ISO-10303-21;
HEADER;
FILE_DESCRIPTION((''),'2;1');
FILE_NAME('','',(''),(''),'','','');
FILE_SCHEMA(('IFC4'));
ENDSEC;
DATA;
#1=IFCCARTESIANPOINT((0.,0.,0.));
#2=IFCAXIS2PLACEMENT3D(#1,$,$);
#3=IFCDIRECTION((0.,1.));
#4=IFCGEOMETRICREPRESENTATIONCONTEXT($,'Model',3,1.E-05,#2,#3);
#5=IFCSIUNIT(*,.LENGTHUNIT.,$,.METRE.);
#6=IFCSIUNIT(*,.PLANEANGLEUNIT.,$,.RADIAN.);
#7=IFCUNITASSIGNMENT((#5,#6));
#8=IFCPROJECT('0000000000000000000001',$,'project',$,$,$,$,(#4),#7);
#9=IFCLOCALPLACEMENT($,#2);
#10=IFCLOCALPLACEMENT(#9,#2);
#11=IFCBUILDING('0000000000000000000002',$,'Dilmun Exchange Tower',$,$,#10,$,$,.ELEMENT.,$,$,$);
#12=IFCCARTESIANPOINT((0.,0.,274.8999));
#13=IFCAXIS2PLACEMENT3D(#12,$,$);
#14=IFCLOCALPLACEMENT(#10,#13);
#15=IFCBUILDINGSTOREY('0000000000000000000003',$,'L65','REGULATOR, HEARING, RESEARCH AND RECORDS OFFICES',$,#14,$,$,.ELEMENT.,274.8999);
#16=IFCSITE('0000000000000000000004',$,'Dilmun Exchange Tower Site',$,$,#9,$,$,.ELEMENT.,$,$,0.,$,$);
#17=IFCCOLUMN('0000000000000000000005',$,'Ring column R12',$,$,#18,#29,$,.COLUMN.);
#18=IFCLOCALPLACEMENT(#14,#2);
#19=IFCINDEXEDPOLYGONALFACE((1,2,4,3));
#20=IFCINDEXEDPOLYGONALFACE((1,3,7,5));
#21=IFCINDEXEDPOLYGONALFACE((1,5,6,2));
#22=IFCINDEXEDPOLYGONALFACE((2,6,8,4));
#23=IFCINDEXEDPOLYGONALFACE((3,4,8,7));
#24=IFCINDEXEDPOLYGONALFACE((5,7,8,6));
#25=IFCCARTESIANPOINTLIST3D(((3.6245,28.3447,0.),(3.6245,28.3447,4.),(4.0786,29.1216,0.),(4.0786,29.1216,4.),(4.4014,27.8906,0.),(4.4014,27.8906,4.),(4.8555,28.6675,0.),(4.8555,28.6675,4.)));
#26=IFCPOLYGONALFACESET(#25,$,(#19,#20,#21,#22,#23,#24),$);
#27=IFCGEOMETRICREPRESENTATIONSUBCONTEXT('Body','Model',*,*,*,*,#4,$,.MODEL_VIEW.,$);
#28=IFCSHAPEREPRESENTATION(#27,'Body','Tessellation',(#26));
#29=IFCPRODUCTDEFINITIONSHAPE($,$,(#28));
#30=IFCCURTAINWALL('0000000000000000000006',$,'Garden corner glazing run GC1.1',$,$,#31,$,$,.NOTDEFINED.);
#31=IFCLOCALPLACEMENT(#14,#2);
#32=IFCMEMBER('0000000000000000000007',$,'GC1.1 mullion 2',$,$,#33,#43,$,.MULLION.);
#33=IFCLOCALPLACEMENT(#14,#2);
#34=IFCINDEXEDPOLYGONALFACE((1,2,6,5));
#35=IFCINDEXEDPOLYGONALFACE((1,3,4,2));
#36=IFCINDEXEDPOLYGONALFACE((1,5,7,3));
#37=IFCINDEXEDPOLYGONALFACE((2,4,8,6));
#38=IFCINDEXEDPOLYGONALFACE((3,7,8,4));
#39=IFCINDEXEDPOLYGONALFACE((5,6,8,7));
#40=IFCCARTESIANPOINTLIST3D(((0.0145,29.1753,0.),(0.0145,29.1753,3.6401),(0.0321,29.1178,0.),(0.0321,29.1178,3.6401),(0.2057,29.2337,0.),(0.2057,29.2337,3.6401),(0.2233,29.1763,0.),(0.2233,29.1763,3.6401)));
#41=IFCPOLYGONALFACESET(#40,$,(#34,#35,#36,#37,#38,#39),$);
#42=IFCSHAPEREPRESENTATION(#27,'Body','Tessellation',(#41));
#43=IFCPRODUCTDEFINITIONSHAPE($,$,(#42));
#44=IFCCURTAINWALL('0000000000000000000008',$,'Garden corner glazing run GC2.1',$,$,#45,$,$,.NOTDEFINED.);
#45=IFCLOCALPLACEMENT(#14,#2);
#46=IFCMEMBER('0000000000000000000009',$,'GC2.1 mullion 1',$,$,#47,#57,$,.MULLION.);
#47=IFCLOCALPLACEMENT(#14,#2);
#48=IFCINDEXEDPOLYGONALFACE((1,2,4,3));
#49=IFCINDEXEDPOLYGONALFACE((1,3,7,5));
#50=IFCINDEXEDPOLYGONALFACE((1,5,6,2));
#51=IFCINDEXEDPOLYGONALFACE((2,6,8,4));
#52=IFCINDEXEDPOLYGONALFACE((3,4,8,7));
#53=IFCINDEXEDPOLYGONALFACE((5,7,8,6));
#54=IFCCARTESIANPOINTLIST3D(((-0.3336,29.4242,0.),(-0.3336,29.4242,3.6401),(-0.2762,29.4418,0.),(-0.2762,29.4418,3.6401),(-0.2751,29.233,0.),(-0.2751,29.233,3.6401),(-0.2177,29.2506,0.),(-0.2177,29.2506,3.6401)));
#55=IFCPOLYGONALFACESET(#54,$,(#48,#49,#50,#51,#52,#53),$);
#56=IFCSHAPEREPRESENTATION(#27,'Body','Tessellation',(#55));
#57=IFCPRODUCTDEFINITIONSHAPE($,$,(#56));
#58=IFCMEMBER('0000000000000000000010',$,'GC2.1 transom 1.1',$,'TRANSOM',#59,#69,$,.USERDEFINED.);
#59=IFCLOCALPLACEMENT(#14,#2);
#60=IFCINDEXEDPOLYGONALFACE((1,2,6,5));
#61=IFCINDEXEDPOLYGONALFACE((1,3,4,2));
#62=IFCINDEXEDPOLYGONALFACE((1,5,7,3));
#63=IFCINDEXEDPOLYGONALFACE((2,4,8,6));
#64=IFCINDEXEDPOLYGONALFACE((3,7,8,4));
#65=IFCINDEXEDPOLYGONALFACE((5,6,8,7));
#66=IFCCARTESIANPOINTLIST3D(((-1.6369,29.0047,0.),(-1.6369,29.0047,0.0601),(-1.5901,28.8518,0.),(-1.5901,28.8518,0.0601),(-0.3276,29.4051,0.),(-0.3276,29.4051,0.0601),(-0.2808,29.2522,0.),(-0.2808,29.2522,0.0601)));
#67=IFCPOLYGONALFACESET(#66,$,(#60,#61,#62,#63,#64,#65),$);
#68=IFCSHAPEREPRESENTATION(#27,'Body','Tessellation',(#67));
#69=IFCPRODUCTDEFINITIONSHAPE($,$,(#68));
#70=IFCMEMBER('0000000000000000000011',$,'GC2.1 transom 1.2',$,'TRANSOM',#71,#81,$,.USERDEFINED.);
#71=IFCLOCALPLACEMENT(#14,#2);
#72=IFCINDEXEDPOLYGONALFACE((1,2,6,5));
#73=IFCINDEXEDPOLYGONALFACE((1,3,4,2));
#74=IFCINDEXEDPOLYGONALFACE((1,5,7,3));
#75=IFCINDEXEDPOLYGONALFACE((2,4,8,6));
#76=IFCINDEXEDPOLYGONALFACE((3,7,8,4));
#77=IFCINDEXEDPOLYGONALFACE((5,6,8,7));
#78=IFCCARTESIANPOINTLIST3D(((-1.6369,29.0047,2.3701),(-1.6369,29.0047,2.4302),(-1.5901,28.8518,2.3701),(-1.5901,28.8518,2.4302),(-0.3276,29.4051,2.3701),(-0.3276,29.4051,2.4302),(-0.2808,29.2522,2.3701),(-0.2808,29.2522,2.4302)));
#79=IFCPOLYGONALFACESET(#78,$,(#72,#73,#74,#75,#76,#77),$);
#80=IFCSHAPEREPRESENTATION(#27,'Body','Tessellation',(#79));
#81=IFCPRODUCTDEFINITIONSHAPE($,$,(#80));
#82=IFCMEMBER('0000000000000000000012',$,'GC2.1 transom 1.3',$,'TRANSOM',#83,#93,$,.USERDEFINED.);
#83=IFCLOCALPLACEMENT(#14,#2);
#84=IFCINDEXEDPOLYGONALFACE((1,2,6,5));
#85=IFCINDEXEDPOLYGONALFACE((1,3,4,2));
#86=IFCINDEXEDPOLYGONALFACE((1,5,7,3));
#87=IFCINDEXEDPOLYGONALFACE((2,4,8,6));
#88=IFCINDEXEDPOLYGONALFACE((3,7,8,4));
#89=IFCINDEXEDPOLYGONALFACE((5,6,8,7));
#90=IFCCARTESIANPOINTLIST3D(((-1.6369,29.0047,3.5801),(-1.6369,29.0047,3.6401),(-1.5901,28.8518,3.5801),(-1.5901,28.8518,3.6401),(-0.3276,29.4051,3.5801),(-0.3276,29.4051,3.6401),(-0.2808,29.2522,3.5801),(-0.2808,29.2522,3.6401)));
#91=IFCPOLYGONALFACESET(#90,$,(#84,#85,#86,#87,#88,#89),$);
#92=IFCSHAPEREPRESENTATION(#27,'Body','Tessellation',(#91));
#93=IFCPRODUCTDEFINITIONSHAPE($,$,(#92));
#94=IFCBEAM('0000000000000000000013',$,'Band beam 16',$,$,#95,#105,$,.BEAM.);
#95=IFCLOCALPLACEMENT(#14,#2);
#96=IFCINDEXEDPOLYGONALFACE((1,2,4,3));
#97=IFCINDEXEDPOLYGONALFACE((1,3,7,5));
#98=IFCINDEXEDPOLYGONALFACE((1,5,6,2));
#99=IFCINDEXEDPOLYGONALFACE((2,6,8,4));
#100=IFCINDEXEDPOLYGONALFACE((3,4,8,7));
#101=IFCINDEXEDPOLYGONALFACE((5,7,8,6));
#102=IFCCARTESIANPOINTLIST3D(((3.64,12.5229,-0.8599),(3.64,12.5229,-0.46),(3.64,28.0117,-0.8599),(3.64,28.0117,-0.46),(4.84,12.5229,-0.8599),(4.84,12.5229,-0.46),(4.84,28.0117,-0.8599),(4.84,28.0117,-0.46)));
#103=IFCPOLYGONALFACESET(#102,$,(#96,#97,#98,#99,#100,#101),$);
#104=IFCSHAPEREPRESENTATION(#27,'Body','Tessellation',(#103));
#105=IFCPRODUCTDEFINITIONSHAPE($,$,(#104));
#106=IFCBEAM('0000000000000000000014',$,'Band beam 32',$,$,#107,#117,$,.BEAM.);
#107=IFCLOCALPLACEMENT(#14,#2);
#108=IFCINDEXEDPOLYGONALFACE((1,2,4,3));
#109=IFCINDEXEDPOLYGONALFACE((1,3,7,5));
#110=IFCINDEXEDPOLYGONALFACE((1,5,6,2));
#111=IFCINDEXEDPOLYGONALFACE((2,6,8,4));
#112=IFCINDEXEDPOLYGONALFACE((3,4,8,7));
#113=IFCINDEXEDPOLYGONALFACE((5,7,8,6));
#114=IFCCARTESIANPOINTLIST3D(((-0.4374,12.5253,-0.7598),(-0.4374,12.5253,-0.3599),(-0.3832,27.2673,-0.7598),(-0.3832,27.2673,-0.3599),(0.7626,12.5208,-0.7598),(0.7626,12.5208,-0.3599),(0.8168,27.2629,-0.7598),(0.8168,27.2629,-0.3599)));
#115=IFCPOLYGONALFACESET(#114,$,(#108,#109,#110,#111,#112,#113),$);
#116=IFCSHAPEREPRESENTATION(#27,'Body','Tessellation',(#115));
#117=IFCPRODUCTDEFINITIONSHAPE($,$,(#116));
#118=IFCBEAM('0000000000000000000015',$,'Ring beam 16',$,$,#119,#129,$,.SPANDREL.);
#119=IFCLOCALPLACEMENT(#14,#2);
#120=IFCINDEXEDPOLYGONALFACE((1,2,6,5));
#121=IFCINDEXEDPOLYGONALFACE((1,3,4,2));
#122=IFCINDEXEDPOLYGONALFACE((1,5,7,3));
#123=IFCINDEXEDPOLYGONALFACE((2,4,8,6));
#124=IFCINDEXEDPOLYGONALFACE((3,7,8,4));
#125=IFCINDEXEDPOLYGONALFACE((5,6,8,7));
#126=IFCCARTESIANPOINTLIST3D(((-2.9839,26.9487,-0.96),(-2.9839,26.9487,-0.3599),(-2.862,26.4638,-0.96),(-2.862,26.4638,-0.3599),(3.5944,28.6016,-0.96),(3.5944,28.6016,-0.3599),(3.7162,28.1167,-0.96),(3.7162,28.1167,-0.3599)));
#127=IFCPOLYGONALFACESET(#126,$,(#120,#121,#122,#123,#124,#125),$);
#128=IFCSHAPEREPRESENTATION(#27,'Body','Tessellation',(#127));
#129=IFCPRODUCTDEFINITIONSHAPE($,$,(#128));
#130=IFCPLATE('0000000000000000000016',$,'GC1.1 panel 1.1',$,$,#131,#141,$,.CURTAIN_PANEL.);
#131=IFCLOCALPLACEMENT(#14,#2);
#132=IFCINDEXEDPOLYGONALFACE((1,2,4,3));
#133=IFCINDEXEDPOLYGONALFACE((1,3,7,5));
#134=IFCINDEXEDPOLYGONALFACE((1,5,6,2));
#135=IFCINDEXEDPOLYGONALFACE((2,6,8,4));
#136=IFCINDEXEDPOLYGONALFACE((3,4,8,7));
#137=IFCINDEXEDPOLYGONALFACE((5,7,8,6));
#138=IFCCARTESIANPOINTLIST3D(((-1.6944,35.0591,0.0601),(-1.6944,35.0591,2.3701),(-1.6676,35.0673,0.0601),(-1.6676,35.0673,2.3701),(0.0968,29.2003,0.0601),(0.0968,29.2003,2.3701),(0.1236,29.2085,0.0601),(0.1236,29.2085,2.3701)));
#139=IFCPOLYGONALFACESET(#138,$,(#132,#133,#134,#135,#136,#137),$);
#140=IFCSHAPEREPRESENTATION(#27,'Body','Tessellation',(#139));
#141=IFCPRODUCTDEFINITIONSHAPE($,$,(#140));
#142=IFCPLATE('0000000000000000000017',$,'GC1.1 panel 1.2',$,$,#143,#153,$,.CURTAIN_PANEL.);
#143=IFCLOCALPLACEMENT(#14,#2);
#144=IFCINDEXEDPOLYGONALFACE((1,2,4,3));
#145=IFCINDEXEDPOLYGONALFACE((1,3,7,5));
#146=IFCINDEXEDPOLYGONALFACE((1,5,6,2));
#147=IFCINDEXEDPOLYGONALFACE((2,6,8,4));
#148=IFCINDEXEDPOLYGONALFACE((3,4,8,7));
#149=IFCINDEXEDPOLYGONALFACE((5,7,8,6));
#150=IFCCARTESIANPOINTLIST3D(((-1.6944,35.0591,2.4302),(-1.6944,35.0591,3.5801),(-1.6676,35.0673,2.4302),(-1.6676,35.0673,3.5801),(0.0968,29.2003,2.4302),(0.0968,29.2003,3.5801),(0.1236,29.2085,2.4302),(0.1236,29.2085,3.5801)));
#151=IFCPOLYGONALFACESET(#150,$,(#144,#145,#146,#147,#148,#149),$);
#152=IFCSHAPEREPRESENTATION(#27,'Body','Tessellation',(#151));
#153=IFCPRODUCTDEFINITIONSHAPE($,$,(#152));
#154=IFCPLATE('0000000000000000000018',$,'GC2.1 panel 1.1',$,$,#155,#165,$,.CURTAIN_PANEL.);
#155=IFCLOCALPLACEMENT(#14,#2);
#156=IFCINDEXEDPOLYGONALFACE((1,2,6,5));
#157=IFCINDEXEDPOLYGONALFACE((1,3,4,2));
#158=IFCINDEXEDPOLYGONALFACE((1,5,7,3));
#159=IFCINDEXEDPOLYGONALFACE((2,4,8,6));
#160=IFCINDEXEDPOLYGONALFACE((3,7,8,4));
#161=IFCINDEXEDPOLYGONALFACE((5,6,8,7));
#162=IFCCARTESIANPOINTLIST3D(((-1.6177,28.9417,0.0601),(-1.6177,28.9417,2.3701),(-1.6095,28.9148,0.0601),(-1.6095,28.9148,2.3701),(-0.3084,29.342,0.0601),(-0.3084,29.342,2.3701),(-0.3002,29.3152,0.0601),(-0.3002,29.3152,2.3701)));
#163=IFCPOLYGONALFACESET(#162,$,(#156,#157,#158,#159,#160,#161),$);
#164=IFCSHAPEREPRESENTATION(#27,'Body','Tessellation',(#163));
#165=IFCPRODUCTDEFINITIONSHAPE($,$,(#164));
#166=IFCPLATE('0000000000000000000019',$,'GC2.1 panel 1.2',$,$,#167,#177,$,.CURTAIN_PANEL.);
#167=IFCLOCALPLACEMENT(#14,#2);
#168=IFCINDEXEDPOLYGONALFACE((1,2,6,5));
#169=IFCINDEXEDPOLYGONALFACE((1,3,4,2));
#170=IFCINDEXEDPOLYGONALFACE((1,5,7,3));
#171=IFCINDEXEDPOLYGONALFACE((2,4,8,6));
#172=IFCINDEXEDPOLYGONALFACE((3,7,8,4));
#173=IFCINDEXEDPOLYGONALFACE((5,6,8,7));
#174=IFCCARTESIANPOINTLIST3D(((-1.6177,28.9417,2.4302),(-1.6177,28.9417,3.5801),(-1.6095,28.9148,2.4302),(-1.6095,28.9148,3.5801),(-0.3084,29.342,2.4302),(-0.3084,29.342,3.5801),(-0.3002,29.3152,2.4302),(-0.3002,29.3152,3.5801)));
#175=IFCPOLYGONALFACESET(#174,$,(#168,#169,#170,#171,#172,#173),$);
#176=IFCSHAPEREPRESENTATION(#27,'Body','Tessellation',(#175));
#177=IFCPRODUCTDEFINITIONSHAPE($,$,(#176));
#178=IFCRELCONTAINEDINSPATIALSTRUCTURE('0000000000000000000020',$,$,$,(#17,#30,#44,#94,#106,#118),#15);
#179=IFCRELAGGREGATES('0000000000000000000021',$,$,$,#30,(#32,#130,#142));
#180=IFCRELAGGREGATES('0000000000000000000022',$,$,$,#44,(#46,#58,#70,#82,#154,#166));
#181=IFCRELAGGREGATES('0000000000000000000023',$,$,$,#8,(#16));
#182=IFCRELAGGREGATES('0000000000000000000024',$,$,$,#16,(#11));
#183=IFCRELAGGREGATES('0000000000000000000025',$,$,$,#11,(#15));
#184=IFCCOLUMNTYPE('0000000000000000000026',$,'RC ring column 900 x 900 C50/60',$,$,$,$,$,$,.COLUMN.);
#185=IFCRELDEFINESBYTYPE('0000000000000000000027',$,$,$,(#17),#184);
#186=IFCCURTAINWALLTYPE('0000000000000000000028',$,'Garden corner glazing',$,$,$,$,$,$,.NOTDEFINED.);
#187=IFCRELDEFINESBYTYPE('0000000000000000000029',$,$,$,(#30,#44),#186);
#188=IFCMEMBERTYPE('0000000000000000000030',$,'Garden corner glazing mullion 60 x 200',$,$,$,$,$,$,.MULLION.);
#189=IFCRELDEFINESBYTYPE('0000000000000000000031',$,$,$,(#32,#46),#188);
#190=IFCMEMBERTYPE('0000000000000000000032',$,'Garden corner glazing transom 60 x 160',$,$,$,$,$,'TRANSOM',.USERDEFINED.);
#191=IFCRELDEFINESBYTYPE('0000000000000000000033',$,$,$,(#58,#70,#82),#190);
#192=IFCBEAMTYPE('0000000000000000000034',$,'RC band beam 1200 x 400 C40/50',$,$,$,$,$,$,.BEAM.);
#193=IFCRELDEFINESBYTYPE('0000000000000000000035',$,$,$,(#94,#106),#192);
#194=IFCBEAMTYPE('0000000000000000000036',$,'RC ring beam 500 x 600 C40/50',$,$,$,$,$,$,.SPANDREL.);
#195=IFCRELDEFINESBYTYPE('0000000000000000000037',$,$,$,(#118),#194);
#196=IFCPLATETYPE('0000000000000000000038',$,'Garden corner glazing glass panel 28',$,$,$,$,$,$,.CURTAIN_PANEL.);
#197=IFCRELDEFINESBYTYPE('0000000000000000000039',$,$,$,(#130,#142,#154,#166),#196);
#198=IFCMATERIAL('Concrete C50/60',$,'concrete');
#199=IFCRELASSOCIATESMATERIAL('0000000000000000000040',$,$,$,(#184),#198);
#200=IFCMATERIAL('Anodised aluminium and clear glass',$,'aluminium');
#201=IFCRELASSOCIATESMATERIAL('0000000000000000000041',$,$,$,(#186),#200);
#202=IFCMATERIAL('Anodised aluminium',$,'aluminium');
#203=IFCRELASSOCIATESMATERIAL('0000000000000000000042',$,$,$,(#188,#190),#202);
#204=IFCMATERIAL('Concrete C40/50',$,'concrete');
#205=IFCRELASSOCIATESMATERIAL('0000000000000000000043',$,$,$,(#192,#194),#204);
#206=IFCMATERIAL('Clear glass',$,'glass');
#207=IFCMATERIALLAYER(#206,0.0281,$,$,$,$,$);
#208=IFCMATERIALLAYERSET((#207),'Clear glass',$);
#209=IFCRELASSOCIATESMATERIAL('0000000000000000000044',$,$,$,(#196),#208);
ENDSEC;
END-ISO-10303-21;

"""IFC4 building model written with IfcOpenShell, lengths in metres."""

from ifc_helpers import new_model, si_unit, direction, frame, origin, origin_2d, place, context, subcontext, project, spatial, rectangle, extrude, material, layer, layer_set, material_profile, profile_set, type_object, element, aggregate, save


model = new_model("IFC4")

# Units and contexts
model_context = context("Model", 3, precision=1e-05, world=origin(), true_north=direction((0.0, 1.0)))
body_context = subcontext(model_context, "Body", "Model", "MODEL_VIEW")
ifc_project = project(units=[si_unit("LENGTHUNIT", "METRE"), si_unit("PLANEANGLEUNIT", "RADIAN")], contexts=[model_context])

# Site, building, storey
site_placement = place(None, origin())
site = spatial("IfcSite", under=ifc_project, at=site_placement, Name="Dilmun Exchange Tower Site", CompositionType="ELEMENT", RefElevation=0.0)
building_placement = place(site_placement, origin())
building = spatial("IfcBuilding", under=site, at=building_placement, Name="Dilmun Exchange Tower", CompositionType="ELEMENT")
storey_placement = place(building_placement, frame((0.0, 0.0, 274.8999)))
storey = spatial("IfcBuildingStorey", under=building, at=storey_placement, Name="L65", Description="REGULATOR, HEARING, RESEARCH AND RECORDS OFFICES", CompositionType="ELEMENT", Elevation=274.8999)

# Column
ifc_material_1 = material(Name="Concrete C50/60", Category="concrete")
ifc_material_profile_1 = material_profile(ifc_material_1, rectangle(XDim=0.8999, YDim=0.8999, at=origin_2d()), Name="900 x 900")
ifc_profile_set_1 = profile_set([ifc_material_profile_1], Name="Concrete C50/60")
column_type = type_object("IfcColumnType", Name="RC ring column 900 x 900 C50/60", PredefinedType="COLUMN", material=ifc_profile_set_1)
column_placement = place(storey_placement, frame((4.24, 28.5061, 0.0), z_axis=(0.0, 0.0, 1.0), x_axis=(0.504644, 0.863328, 0.0)))
element("IfcColumn", 1, at=column_placement, inside=storey, type_object=column_type, Name="Ring column R12", PredefinedType="COLUMN", context=body_context, shape_type="SweptSolid", body=[
    extrude(rectangle(XDim=0.8999, YDim=0.8999, at=origin_2d()), origin(), (0.0, 0.0, 1.0), 4.0),
])

# Curtain wall, member
ifc_material_2 = material(Name="Anodised aluminium and clear glass", Category="aluminium")
curtain_wall_type = type_object("IfcCurtainWallType", Name="Garden corner glazing", PredefinedType="NOTDEFINED", material=ifc_material_2)
curtain_wall_1_placement = place(storey_placement, origin())
curtain_wall_1 = element("IfcCurtainWall", 2, at=curtain_wall_1_placement, inside=storey, type_object=curtain_wall_type, Name="Garden corner glazing run GC1.1", PredefinedType="NOTDEFINED")
ifc_material_3 = material(Name="Anodised aluminium", Category="aluminium")
ifc_material_profile_2 = material_profile(ifc_material_3, rectangle(XDim=0.2, YDim=0.0601, at=origin_2d()), Name="AL 60x200")
ifc_profile_set_2 = profile_set([ifc_material_profile_2], Name="Anodised aluminium")
member_type_1 = type_object("IfcMemberType", Name="Garden corner glazing mullion 60 x 200", PredefinedType="MULLION", material=ifc_profile_set_2)
member_1_placement = place(storey_placement, frame((0.1189, 29.1758, 0.0), z_axis=(0.0, 0.0, 1.0), x_axis=(0.956304, 0.292374, 0.0)))
member_1 = element("IfcMember", 3, at=member_1_placement, type_object=member_type_1, Name="GC1.1 mullion 2", PredefinedType="MULLION", context=body_context, shape_type="SweptSolid", body=[
    extrude(rectangle(XDim=0.2, YDim=0.0601, at=origin_2d()), origin(), (0.0, 0.0, 1.0), 3.6401),
])

# Curtain wall, members
curtain_wall_2_placement = place(storey_placement, origin())
curtain_wall_2 = element("IfcCurtainWall", 4, at=curtain_wall_2_placement, inside=storey, type_object=curtain_wall_type, Name="Garden corner glazing run GC2.1", PredefinedType="NOTDEFINED")
member_2_placement = place(storey_placement, frame((-0.2756, 29.3374, 0.0), z_axis=(0.0, 0.0, 1.0), x_axis=(0.292396, -0.956297, 0.0)))
member_2 = element("IfcMember", 5, at=member_2_placement, type_object=member_type_1, Name="GC2.1 mullion 1", PredefinedType="MULLION", context=body_context, shape_type="SweptSolid", body=[
    extrude(rectangle(XDim=0.2, YDim=0.0601, at=origin_2d()), origin(), (0.0, 0.0, 1.0), 3.6401),
])
ifc_material_profile_3 = material_profile(ifc_material_3, rectangle(XDim=0.1599, YDim=0.0601, at=origin_2d()), Name="AL 60x160")
ifc_profile_set_3 = profile_set([ifc_material_profile_3], Name="Anodised aluminium")
member_type_2 = type_object("IfcMemberType", Name="Garden corner glazing transom 60 x 160", ElementType="TRANSOM", PredefinedType="USERDEFINED", material=ifc_profile_set_3)
member_3_placement = place(storey_placement, frame((-0.3042, 29.3286, 0.03), z_axis=(-0.956286, -0.292431, 0.0), x_axis=(0.292431, -0.956286, 0.0)))
member_3 = element("IfcMember", 6, at=member_3_placement, type_object=member_type_2, Name="GC2.1 transom 1.1", ObjectType="TRANSOM", PredefinedType="USERDEFINED", context=body_context, shape_type="SweptSolid", body=[
    extrude(rectangle(XDim=0.1599, YDim=0.0601, at=origin_2d()), origin(), (0.0, 0.0, 1.0), 1.3691),
])
member_4_placement = place(storey_placement, frame((-0.3042, 29.3286, 2.4001), z_axis=(-0.956286, -0.292431, 0.0), x_axis=(0.292431, -0.956286, 0.0)))
member_4 = element("IfcMember", 7, at=member_4_placement, type_object=member_type_2, Name="GC2.1 transom 1.2", ObjectType="TRANSOM", PredefinedType="USERDEFINED", context=body_context, shape_type="SweptSolid", body=[
    extrude(rectangle(XDim=0.1599, YDim=0.0601, at=origin_2d()), origin(), (0.0, 0.0, 1.0), 1.3691),
])
member_5_placement = place(storey_placement, frame((-0.3042, 29.3286, 3.6101), z_axis=(-0.956286, -0.292431, 0.0), x_axis=(0.292431, -0.956286, 0.0)))
member_5 = element("IfcMember", 8, at=member_5_placement, type_object=member_type_2, Name="GC2.1 transom 1.3", ObjectType="TRANSOM", PredefinedType="USERDEFINED", context=body_context, shape_type="SweptSolid", body=[
    extrude(rectangle(XDim=0.1599, YDim=0.0601, at=origin_2d()), origin(), (0.0, 0.0, 1.0), 1.3691),
])

# Beams
ifc_material_4 = material(Name="Concrete C40/50", Category="concrete")
ifc_material_profile_4 = material_profile(ifc_material_4, rectangle(XDim=1.2, YDim=0.3999, at=origin_2d()), Name="1200 x 400")
ifc_profile_set_4 = profile_set([ifc_material_profile_4], Name="Concrete C40/50")
beam_type_1 = type_object("IfcBeamType", Name="RC band beam 1200 x 400 C40/50", PredefinedType="BEAM", material=ifc_profile_set_4)
beam_1_placement = place(storey_placement, frame((4.24, 28.0117, -0.6599), z_axis=(0.0, -1.0, 0.0), x_axis=(1.0, 0.0, 0.0)))
element("IfcBeam", 9, at=beam_1_placement, inside=storey, type_object=beam_type_1, Name="Band beam 16", PredefinedType="BEAM", context=body_context, shape_type="SweptSolid", body=[
    extrude(rectangle(XDim=1.2, YDim=0.3999, at=origin_2d()), origin(), (0.0, 0.0, 1.0), 15.4888),
])
beam_2_placement = place(storey_placement, frame((0.2168, 27.2651, -0.5598), z_axis=(-0.003676, -0.999993, 0.0), x_axis=(0.999993, -0.003676, 0.0)))
element("IfcBeam", 10, at=beam_2_placement, inside=storey, type_object=beam_type_1, Name="Band beam 32", PredefinedType="BEAM", context=body_context, shape_type="SweptSolid", body=[
    extrude(rectangle(XDim=1.2, YDim=0.3999, at=origin_2d()), origin(), (0.0, 0.0, 1.0), 14.7422),
])
ifc_material_profile_5 = material_profile(ifc_material_4, rectangle(XDim=0.5, YDim=0.6001, at=origin_2d()), Name="500 x 600")
ifc_profile_set_5 = profile_set([ifc_material_profile_5], Name="Concrete C40/50")
beam_type_2 = type_object("IfcBeamType", Name="RC ring beam 500 x 600 C40/50", PredefinedType="SPANDREL", material=ifc_profile_set_5)
beam_3_placement = place(storey_placement, frame((3.6553, 28.3591, -0.6599), z_axis=(-0.969854, -0.243687, 0.0), x_axis=(0.243687, -0.969854, 0.0)))
element("IfcBeam", 11, at=beam_3_placement, inside=storey, type_object=beam_type_2, Name="Ring beam 16", PredefinedType="SPANDREL", context=body_context, shape_type="SweptSolid", body=[
    extrude(rectangle(XDim=0.5, YDim=0.6001, at=origin_2d()), origin(), (0.0, 0.0, 1.0), 6.7827),
])

# Plates
ifc_material_5 = material(Name="Clear glass", Category="glass")
ifc_layer_1 = layer(ifc_material_5, 0.0281)
ifc_layer_set_1 = layer_set([ifc_layer_1], Name="Clear glass")
plate_type = type_object("IfcPlateType", Name="Garden corner glazing glass panel 28", PredefinedType="CURTAIN_PANEL", material=ifc_layer_set_1)
plate_1_placement = place(storey_placement, frame((-0.7854, 32.1338, 0.0601), z_axis=(0.0, 0.0, 1.0), x_axis=(0.292374, -0.956304, 0.0)))
plate_1 = element("IfcPlate", 12, at=plate_1_placement, type_object=plate_type, Name="GC1.1 panel 1.1", PredefinedType="CURTAIN_PANEL", context=body_context, shape_type="SweptSolid", body=[
    extrude(rectangle(XDim=6.1265, YDim=0.0281, at=origin_2d()), origin(), (0.0, 0.0, 1.0), 2.3101),
])
plate_2_placement = place(storey_placement, frame((-0.7854, 32.1338, 2.4302), z_axis=(0.0, 0.0, 1.0), x_axis=(0.292374, -0.956304, 0.0)))
plate_2 = element("IfcPlate", 13, at=plate_2_placement, type_object=plate_type, Name="GC1.1 panel 1.2", PredefinedType="CURTAIN_PANEL", context=body_context, shape_type="SweptSolid", body=[
    extrude(rectangle(XDim=6.1265, YDim=0.0281, at=origin_2d()), origin(), (0.0, 0.0, 1.0), 1.1499),
])
aggregate(curtain_wall_1, [member_1, plate_1, plate_2])
plate_3_placement = place(storey_placement, frame((-0.959, 29.1284, 0.0601), z_axis=(0.0, 0.0, 1.0), x_axis=(-0.956297, -0.292396, 0.0)))
plate_3 = element("IfcPlate", 14, at=plate_3_placement, type_object=plate_type, Name="GC2.1 panel 1.1", PredefinedType="CURTAIN_PANEL", context=body_context, shape_type="SweptSolid", body=[
    extrude(rectangle(XDim=1.3691, YDim=0.0281, at=origin_2d()), origin(), (0.0, 0.0, 1.0), 2.3101),
])
plate_4_placement = place(storey_placement, frame((-0.959, 29.1284, 2.4302), z_axis=(0.0, 0.0, 1.0), x_axis=(-0.956297, -0.292396, 0.0)))
plate_4 = element("IfcPlate", 15, at=plate_4_placement, type_object=plate_type, Name="GC2.1 panel 1.2", PredefinedType="CURTAIN_PANEL", context=body_context, shape_type="SweptSolid", body=[
    extrude(rectangle(XDim=1.3691, YDim=0.0281, at=origin_2d()), origin(), (0.0, 0.0, 1.0), 1.1499),
])
aggregate(curtain_wall_2, [member_2, member_3, member_4, member_5, plate_3, plate_4])

save(model, "model.ifc")
